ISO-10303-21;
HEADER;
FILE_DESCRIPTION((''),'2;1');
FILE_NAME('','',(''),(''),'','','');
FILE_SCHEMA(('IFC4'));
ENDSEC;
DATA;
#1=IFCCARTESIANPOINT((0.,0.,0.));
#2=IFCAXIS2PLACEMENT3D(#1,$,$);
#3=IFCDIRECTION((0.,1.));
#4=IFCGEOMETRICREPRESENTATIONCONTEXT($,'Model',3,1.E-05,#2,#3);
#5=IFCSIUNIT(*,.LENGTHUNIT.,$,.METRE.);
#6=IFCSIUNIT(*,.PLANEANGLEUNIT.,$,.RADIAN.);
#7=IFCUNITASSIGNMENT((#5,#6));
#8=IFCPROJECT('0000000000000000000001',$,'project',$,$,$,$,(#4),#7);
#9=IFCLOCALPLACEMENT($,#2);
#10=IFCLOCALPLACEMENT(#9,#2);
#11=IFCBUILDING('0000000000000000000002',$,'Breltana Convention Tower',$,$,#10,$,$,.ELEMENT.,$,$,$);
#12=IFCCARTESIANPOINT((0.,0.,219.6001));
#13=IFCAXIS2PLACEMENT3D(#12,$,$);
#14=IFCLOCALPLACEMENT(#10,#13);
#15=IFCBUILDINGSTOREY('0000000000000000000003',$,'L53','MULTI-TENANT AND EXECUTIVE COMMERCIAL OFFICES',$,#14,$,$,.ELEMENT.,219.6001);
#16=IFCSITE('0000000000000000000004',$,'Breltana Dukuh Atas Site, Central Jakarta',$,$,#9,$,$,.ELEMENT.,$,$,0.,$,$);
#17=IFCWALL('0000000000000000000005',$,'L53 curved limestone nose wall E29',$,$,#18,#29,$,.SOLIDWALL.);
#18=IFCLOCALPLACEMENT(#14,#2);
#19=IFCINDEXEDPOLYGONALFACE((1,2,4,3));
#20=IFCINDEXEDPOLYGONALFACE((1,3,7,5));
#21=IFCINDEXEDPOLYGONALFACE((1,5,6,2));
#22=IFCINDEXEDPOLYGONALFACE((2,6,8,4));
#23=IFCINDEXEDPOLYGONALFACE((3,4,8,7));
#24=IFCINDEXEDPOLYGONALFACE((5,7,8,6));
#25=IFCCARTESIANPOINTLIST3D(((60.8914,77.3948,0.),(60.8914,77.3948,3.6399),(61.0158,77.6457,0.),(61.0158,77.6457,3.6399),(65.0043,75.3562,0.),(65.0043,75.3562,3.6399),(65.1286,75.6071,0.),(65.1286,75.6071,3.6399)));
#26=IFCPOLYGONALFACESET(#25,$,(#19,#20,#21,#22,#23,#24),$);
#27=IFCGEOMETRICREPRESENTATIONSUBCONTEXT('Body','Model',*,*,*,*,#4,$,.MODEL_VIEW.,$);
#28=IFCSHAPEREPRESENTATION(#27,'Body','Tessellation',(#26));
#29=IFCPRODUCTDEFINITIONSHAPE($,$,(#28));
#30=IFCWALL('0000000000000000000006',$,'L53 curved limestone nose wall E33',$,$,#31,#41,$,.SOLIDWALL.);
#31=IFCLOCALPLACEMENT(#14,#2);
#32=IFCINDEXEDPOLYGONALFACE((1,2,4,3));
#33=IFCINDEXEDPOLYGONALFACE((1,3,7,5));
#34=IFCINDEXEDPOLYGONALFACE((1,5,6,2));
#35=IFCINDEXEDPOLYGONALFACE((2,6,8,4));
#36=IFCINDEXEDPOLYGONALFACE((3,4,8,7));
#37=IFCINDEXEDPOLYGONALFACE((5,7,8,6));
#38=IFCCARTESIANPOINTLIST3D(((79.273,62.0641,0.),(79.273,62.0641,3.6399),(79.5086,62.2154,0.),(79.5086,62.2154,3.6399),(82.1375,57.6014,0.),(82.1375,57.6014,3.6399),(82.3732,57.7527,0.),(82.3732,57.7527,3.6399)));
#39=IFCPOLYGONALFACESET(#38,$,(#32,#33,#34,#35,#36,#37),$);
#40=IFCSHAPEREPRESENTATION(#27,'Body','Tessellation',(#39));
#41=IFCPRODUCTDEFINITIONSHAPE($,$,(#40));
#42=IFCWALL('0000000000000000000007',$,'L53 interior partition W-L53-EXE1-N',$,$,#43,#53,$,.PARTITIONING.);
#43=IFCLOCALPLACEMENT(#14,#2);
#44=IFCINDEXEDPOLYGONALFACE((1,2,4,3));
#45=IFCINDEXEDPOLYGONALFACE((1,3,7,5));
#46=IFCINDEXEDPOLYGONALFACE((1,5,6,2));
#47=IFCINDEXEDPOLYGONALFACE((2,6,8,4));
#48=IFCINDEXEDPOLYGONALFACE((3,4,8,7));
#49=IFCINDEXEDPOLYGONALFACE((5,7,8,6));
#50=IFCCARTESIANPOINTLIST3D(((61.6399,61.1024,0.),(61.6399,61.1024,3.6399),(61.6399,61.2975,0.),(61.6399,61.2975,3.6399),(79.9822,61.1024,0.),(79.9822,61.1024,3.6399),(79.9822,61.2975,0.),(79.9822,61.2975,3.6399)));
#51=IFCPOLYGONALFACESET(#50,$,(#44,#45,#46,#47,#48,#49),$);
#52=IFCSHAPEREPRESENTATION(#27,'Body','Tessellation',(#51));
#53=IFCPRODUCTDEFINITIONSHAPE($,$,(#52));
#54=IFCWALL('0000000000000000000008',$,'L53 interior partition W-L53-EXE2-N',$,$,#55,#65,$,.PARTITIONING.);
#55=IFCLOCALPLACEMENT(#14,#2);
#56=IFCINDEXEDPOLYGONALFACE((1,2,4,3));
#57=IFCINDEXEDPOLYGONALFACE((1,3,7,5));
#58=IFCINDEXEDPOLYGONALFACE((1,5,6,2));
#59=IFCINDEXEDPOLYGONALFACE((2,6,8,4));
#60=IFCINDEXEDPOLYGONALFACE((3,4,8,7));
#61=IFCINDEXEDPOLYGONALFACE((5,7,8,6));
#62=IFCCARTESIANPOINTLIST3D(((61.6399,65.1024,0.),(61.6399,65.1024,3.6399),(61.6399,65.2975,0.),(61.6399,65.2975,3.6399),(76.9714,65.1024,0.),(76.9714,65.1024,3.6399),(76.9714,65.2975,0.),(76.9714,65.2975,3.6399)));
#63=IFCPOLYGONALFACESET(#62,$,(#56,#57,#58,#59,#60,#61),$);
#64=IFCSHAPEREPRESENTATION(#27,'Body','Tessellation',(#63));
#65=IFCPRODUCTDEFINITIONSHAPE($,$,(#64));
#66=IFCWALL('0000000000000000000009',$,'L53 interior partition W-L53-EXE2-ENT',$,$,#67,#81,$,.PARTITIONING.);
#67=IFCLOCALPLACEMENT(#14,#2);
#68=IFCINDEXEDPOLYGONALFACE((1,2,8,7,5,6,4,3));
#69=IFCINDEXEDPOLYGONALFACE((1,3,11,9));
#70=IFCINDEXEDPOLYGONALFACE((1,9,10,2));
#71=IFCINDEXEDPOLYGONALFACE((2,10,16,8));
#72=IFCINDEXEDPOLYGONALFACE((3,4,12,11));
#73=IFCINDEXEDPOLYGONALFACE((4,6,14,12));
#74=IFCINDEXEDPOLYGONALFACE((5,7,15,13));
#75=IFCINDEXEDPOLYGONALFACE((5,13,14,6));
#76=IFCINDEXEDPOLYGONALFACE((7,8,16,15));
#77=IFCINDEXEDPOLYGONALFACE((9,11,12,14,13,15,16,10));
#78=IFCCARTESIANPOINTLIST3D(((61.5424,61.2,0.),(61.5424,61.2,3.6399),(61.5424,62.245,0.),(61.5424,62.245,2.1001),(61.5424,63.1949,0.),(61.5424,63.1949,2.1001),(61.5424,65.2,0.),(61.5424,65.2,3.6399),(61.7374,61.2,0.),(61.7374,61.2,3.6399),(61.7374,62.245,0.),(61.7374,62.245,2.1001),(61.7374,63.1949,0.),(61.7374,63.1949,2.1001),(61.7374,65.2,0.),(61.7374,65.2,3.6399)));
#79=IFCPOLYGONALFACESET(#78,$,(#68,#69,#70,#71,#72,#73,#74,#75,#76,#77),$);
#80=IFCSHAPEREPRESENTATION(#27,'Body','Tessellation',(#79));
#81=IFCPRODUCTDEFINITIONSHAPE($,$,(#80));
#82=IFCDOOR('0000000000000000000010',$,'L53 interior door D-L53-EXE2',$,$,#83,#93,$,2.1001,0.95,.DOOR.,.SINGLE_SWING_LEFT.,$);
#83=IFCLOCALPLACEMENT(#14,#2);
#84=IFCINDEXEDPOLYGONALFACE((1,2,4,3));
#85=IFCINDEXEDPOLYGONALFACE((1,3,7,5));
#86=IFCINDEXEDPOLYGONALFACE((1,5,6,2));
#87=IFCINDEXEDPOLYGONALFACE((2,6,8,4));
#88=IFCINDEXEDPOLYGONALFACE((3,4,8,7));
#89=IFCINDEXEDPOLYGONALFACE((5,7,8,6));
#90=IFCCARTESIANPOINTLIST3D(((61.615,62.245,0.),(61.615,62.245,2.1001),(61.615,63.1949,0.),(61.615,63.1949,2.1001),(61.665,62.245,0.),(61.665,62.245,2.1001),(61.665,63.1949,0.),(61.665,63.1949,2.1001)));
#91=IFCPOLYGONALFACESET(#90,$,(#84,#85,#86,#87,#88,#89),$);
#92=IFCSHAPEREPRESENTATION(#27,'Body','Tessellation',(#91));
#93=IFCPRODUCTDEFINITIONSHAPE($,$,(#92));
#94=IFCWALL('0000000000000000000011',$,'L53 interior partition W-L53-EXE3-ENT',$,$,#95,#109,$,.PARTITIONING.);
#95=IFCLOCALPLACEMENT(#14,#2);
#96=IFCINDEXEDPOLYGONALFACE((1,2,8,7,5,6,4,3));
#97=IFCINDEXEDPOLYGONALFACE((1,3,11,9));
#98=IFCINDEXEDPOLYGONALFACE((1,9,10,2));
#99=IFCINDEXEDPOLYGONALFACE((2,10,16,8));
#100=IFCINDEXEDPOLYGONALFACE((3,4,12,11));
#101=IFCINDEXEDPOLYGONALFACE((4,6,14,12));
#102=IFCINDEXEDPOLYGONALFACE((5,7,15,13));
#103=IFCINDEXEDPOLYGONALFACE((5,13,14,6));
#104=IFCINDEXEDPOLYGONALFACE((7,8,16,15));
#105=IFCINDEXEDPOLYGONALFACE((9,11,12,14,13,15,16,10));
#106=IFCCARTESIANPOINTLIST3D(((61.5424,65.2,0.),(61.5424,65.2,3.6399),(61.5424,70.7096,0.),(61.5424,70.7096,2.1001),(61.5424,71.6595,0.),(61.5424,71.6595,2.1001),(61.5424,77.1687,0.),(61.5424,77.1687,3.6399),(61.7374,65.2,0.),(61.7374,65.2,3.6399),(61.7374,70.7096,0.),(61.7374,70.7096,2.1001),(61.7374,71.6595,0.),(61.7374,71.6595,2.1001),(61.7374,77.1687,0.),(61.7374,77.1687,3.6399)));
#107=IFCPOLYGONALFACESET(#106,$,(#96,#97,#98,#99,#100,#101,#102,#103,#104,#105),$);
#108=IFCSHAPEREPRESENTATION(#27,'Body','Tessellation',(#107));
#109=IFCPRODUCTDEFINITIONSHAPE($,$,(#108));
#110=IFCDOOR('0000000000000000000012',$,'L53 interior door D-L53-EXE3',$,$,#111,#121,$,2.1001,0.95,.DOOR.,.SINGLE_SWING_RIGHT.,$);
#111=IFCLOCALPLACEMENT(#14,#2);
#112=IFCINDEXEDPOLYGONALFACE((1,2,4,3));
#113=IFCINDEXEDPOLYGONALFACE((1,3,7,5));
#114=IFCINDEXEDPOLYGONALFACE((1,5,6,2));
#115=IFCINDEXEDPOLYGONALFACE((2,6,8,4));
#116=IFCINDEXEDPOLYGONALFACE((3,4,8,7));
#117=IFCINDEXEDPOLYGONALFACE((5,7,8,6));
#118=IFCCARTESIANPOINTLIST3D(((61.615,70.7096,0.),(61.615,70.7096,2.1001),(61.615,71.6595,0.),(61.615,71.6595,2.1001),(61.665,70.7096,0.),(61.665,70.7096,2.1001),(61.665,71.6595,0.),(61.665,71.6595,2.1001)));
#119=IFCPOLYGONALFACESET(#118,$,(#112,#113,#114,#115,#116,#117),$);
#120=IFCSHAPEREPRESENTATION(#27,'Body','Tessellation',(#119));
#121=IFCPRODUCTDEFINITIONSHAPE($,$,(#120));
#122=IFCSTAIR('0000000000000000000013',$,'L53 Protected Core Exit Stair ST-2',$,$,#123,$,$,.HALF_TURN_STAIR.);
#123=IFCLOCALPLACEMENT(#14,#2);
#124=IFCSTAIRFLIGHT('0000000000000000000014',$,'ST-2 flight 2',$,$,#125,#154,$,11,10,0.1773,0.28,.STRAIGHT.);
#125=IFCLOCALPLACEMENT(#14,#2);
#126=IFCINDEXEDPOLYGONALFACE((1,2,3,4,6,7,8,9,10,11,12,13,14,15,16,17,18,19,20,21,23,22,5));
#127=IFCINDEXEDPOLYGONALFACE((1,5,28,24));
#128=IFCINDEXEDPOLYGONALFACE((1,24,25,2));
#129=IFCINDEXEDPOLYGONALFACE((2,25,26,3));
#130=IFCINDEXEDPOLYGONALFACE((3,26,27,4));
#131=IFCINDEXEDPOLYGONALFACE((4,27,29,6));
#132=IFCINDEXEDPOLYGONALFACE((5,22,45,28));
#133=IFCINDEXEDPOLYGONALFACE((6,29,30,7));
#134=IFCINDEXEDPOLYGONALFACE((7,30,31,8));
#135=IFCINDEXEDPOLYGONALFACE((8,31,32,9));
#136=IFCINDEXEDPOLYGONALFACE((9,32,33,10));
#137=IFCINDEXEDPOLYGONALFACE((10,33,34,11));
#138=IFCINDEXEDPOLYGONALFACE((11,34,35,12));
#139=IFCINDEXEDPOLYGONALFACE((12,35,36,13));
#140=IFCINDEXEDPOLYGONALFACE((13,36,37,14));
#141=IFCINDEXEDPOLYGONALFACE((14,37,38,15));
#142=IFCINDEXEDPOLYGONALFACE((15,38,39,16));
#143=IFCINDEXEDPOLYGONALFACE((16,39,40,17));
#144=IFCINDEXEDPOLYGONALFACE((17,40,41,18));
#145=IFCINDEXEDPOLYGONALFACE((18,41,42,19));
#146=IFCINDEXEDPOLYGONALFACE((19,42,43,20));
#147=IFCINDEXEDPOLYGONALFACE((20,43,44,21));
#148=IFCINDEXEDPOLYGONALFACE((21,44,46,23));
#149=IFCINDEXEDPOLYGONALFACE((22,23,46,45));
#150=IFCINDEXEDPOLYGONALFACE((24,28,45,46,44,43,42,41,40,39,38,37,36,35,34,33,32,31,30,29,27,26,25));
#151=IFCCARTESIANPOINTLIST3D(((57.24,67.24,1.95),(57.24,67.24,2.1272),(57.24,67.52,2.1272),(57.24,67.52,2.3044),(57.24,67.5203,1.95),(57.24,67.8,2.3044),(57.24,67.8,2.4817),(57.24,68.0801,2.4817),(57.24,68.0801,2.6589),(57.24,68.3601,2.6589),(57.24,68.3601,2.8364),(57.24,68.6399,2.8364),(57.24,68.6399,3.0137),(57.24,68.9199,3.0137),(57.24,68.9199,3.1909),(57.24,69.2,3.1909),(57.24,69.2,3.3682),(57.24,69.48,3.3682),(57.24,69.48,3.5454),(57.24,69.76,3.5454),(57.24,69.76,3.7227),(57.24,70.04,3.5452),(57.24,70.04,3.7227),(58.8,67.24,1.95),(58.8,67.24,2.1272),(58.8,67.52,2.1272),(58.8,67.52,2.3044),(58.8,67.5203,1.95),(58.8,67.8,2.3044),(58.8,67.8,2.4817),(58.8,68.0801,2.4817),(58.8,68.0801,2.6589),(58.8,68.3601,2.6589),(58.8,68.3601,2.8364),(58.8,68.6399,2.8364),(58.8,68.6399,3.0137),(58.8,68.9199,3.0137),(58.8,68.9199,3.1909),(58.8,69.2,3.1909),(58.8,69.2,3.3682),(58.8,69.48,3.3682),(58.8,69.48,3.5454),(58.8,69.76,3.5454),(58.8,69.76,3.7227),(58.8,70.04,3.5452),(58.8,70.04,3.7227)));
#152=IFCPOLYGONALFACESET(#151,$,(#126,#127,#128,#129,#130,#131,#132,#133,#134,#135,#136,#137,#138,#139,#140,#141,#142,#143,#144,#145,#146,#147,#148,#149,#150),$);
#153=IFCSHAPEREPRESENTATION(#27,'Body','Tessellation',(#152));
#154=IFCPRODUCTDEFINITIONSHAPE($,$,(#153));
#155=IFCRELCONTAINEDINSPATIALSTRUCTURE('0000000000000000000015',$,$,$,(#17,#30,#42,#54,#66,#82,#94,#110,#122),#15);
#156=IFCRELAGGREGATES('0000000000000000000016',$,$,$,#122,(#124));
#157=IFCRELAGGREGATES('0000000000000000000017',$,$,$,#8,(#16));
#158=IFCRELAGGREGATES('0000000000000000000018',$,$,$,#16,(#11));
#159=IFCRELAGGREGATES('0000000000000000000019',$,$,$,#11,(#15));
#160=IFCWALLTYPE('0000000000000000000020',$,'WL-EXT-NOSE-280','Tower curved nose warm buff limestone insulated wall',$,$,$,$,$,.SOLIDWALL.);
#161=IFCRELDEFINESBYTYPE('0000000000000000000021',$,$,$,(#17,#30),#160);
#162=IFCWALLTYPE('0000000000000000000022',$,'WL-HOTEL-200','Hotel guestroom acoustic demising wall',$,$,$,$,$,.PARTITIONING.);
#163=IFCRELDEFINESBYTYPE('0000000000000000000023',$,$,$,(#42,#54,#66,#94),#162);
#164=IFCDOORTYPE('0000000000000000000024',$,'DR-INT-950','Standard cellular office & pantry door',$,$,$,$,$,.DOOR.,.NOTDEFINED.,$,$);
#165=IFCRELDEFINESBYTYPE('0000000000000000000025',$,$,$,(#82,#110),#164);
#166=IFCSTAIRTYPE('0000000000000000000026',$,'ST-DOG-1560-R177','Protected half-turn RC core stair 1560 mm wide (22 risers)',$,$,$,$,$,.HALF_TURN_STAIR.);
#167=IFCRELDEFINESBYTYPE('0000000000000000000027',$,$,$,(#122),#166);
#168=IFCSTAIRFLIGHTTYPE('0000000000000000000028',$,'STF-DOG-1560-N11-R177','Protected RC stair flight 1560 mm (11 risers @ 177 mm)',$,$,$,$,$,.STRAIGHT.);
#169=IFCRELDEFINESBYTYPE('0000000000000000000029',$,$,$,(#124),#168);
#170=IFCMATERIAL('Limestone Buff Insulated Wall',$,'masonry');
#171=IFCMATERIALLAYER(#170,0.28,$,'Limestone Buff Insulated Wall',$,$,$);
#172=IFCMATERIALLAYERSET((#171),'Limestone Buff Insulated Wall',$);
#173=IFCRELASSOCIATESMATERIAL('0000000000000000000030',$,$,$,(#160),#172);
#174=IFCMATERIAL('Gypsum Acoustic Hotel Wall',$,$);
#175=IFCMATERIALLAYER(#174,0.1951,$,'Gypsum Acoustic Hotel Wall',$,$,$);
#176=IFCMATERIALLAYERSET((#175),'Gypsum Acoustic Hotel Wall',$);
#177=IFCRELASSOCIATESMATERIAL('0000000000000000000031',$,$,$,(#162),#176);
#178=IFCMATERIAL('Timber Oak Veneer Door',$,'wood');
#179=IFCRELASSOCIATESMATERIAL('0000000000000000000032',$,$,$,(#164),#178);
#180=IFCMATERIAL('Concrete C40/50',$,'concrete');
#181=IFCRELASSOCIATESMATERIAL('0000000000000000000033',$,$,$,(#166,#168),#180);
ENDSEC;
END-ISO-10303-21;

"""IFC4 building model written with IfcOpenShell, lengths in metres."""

from ifc_helpers import new_model, si_unit, direction, frame, frame_2d, origin, place, context, subcontext, project, spatial, polyline, rectangle, outline, extrude, source, transform, mapped, material, layer, layer_set, type_object, type_shapes, element, fill, aggregate, save


model = new_model("IFC4")

# Units and contexts
model_context = context("Model", 3, precision=1e-05, world=origin(), true_north=direction((0.0, 1.0)))
body_context = subcontext(model_context, "Body", "Model", "MODEL_VIEW")
ifc_project = project(units=[si_unit("LENGTHUNIT", "METRE"), si_unit("PLANEANGLEUNIT", "RADIAN")], contexts=[model_context])

# Site, building, storey
site_placement = place(None, origin())
site = spatial("IfcSite", under=ifc_project, at=site_placement, Name="Breltana Dukuh Atas Site, Central Jakarta", CompositionType="ELEMENT", RefElevation=0.0)
building_placement = place(site_placement, origin())
building = spatial("IfcBuilding", under=site, at=building_placement, Name="Breltana Convention Tower", CompositionType="ELEMENT")
storey_placement = place(building_placement, frame((0.0, 0.0, 219.6001)))
storey = spatial("IfcBuildingStorey", under=building, at=storey_placement, Name="L53", Description="MULTI-TENANT AND EXECUTIVE COMMERCIAL OFFICES", CompositionType="ELEMENT", Elevation=219.6001)

# Walls
ifc_material_1 = material(Name="Limestone Buff Insulated Wall", Category="masonry")
ifc_layer_1 = layer(ifc_material_1, 0.28, Name="Limestone Buff Insulated Wall")
ifc_layer_set_1 = layer_set([ifc_layer_1], Name="Limestone Buff Insulated Wall")
wall_type_1 = type_object("IfcWallType", Name="WL-EXT-NOSE-280", Description="Tower curved nose warm buff limestone insulated wall", PredefinedType="SOLIDWALL", material=ifc_layer_set_1)
shared_shape_1 = source(origin(), body_context, "Body", "SweptSolid", [
    extrude(rectangle(XDim=4.5903, YDim=0.28, at=frame_2d((2.2952, 0.0))), origin(), (0.0, 0.0, 1.0), 3.6399),
])
wall_1_placement = place(storey_placement, frame((60.9536, 77.5203, 0.0), z_axis=(0.0, 0.0, 1.0), x_axis=(0.895975, -0.444105, 0.0)))
element("IfcWall", 1, at=wall_1_placement, inside=storey, type_object=wall_type_1, Name="L53 curved limestone nose wall E29", PredefinedType="SOLIDWALL", context=body_context, shape_type="MappedRepresentation", body=[
    mapped(shared_shape_1, transform((0.0, 0.0, 0.0), scale=1.0)),
])
shared_shape_2 = source(origin(), body_context, "Body", "SweptSolid", [
    extrude(rectangle(XDim=5.303, YDim=0.28, at=frame_2d((2.6514, 0.0))), origin(), (0.0, 0.0, 1.0), 3.6399),
])
wall_2_placement = place(storey_placement, frame((79.3909, 62.1396, 0.0), z_axis=(0.0, 0.0, 1.0), x_axis=(0.540178, -0.841551, 0.0)))
element("IfcWall", 2, at=wall_2_placement, inside=storey, type_object=wall_type_1, Name="L53 curved limestone nose wall E33", PredefinedType="SOLIDWALL", context=body_context, shape_type="MappedRepresentation", body=[
    mapped(shared_shape_2, transform((0.0, 0.0, 0.0), scale=1.0)),
])
ifc_material_2 = material(Name="Gypsum Acoustic Hotel Wall")
ifc_layer_2 = layer(ifc_material_2, 0.1951, Name="Gypsum Acoustic Hotel Wall")
ifc_layer_set_2 = layer_set([ifc_layer_2], Name="Gypsum Acoustic Hotel Wall")
wall_type_2 = type_object("IfcWallType", Name="WL-HOTEL-200", Description="Hotel guestroom acoustic demising wall", PredefinedType="PARTITIONING", material=ifc_layer_set_2)
shared_shape_3 = source(origin(), body_context, "Body", "SweptSolid", [
    extrude(rectangle(XDim=18.3423, YDim=0.1951, at=frame_2d((9.1711, 0.0))), origin(), (0.0, 0.0, 1.0), 3.6399),
])
wall_3_placement = place(storey_placement, frame((61.6399, 61.2, 0.0), z_axis=(0.0, 0.0, 1.0), x_axis=(1.0, 0.0, 0.0)))
element("IfcWall", 3, at=wall_3_placement, inside=storey, type_object=wall_type_2, Name="L53 interior partition W-L53-EXE1-N", PredefinedType="PARTITIONING", context=body_context, shape_type="MappedRepresentation", body=[
    mapped(shared_shape_3, transform((0.0, 0.0, 0.0), scale=1.0)),
])
shared_shape_4 = source(origin(), body_context, "Body", "SweptSolid", [
    extrude(rectangle(XDim=15.3315, YDim=0.1951, at=frame_2d((7.6658, 0.0))), origin(), (0.0, 0.0, 1.0), 3.6399),
])
wall_4_placement = place(storey_placement, frame((61.6399, 65.2, 0.0), z_axis=(0.0, 0.0, 1.0), x_axis=(1.0, 0.0, 0.0)))
element("IfcWall", 4, at=wall_4_placement, inside=storey, type_object=wall_type_2, Name="L53 interior partition W-L53-EXE2-N", PredefinedType="PARTITIONING", context=body_context, shape_type="MappedRepresentation", body=[
    mapped(shared_shape_4, transform((0.0, 0.0, 0.0), scale=1.0)),
])

# Walls, openings, doors
shared_shape_5 = source(origin(), body_context, "Body", "SweptSolid", [
    extrude(rectangle(XDim=4.0, YDim=0.1951, at=frame_2d((2.0, 0.0))), origin(), (0.0, 0.0, 1.0), 3.6399),
])
wall_5_placement = place(storey_placement, frame((61.6399, 61.2, 0.0), z_axis=(0.0, 0.0, 1.0), x_axis=(0.0, 1.0, 0.0)))
wall_5 = element("IfcWall", 5, at=wall_5_placement, inside=storey, type_object=wall_type_2, Name="L53 interior partition W-L53-EXE2-ENT", PredefinedType="PARTITIONING", context=body_context, shape_type="MappedRepresentation", body=[
    mapped(shared_shape_5, transform((0.0, 0.0, 0.0), scale=1.0)),
])
opening_1_placement = place(wall_5_placement, frame((1.0449, 0.0, 0.0)))
opening_1 = element("IfcOpeningElement", 6, at=opening_1_placement, cuts=wall_5, PredefinedType="OPENING", context=body_context, shape_type="SweptSolid", body=[
    extrude(rectangle(XDim=0.95, YDim=2.1001, at=frame_2d((0.4751, 1.05))), frame((0.0, 0.1074, 0.0), z_axis=(0.0, -1.0, 0.0), x_axis=(1.0, 0.0, 0.0)), (0.0, 0.0, 1.0), 0.2151),
])
ifc_material_3 = material(Name="Timber Oak Veneer Door", Category="wood")
door_type = type_object("IfcDoorType", Name="DR-INT-950", Description="Standard cellular office & pantry door", OperationType="NOTDEFINED", PredefinedType="DOOR", material=ifc_material_3)
shared_shape_6 = source(origin(), body_context, "Body", "SweptSolid", [
    extrude(rectangle(XDim=0.95, YDim=2.1001, at=frame_2d((0.4751, 1.05))), frame((0.0, 0.0249, 0.0), z_axis=(0.0, -1.0, 0.0), x_axis=(1.0, 0.0, 0.0)), (0.0, 0.0, 1.0), 0.05),
])
type_shapes(door_type, [shared_shape_6])
door_1_placement = place(opening_1_placement, origin())
door_1 = element("IfcDoor", 7, at=door_1_placement, inside=storey, type_object=door_type, Name="L53 interior door D-L53-EXE2", OperationType="SINGLE_SWING_LEFT", OverallHeight=2.1001, OverallWidth=0.95, PredefinedType="DOOR", context=body_context, shape_type="MappedRepresentation", body=[
    mapped(shared_shape_6, transform((0.0, 0.0, 0.0), scale=1.0)),
])
fill(opening_1, door_1)
shared_shape_7 = source(origin(), body_context, "Body", "SweptSolid", [
    extrude(rectangle(XDim=11.9688, YDim=0.1951, at=frame_2d((5.9844, 0.0))), origin(), (0.0, 0.0, 1.0), 3.6399),
])
wall_6_placement = place(storey_placement, frame((61.6399, 65.2, 0.0), z_axis=(0.0, 0.0, 1.0), x_axis=(0.0, 1.0, 0.0)))
wall_6 = element("IfcWall", 8, at=wall_6_placement, inside=storey, type_object=wall_type_2, Name="L53 interior partition W-L53-EXE3-ENT", PredefinedType="PARTITIONING", context=body_context, shape_type="MappedRepresentation", body=[
    mapped(shared_shape_7, transform((0.0, 0.0, 0.0), scale=1.0)),
])
opening_2_placement = place(wall_6_placement, frame((5.5095, 0.0, 0.0)))
opening_2 = element("IfcOpeningElement", 9, at=opening_2_placement, cuts=wall_6, PredefinedType="OPENING", context=body_context, shape_type="SweptSolid", body=[
    extrude(rectangle(XDim=0.95, YDim=2.1001, at=frame_2d((0.4751, 1.05))), frame((0.0, 0.1074, 0.0), z_axis=(0.0, -1.0, 0.0), x_axis=(1.0, 0.0, 0.0)), (0.0, 0.0, 1.0), 0.2151),
])
door_2_placement = place(opening_2_placement, origin())
door_2 = element("IfcDoor", 10, at=door_2_placement, inside=storey, type_object=door_type, Name="L53 interior door D-L53-EXE3", OperationType="SINGLE_SWING_RIGHT", OverallHeight=2.1001, OverallWidth=0.95, PredefinedType="DOOR", context=body_context, shape_type="MappedRepresentation", body=[
    mapped(shared_shape_6, transform((0.0, 0.0, 0.0), scale=1.0)),
])
fill(opening_2, door_2)

# Stair, stair flight
ifc_material_4 = material(Name="Concrete C40/50", Category="concrete")
stair_type = type_object("IfcStairType", Name="ST-DOG-1560-R177", Description="Protected half-turn RC core stair 1560 mm wide (22 risers)", PredefinedType="HALF_TURN_STAIR", material=ifc_material_4)
stair_placement = place(storey_placement, origin())
stair = element("IfcStair", 11, at=stair_placement, inside=storey, type_object=stair_type, Name="L53 Protected Core Exit Stair ST-2", PredefinedType="HALF_TURN_STAIR")
stair_flight_type = type_object("IfcStairFlightType", Name="STF-DOG-1560-N11-R177", Description="Protected RC stair flight 1560 mm (11 risers @ 177 mm)", PredefinedType="STRAIGHT", material=ifc_material_4)
stair_flight_placement = place(storey_placement, frame((58.02, 67.24, 1.95), z_axis=(0.0, 0.0, 1.0), x_axis=(0.0, 1.0, 0.0)))
stair_flight = element("IfcStairFlight", 12, at=stair_flight_placement, type_object=stair_flight_type, Name="ST-2 flight 2", NumberOfRisers=11, NumberOfTreads=10, PredefinedType="STRAIGHT", RiserHeight=0.1773, TreadLength=0.28, context=body_context, shape_type="SweptSolid", body=[
    extrude(outline(polyline([(0.0, 0.0), (0.0, 0.1772), (0.28, 0.1772), (0.28, 0.3545), (0.5601, 0.3545), (0.5601, 0.5317), (0.8401, 0.5317), (0.8401, 0.709), (1.1201, 0.709), (1.1201, 0.8865), (1.3999, 0.8865), (1.3999, 1.0637), (1.6799, 1.0637), (1.6799, 1.241), (1.96, 1.241), (1.96, 1.4182), (2.24, 1.4182), (2.24, 1.5955), (2.52, 1.5955), (2.52, 1.7727), (2.8, 1.7727), (2.8, 1.95), (2.8, 1.5952), (0.2803, 0.0), (0.0, 0.0)])), frame((0.0, 0.78, 0.0), z_axis=(0.0, -1.0, 0.0), x_axis=(1.0, 0.0, 0.0)), (0.0, 0.0, 1.0), 1.5601),
])
aggregate(stair, [stair_flight])

save(model, "model.ifc")
